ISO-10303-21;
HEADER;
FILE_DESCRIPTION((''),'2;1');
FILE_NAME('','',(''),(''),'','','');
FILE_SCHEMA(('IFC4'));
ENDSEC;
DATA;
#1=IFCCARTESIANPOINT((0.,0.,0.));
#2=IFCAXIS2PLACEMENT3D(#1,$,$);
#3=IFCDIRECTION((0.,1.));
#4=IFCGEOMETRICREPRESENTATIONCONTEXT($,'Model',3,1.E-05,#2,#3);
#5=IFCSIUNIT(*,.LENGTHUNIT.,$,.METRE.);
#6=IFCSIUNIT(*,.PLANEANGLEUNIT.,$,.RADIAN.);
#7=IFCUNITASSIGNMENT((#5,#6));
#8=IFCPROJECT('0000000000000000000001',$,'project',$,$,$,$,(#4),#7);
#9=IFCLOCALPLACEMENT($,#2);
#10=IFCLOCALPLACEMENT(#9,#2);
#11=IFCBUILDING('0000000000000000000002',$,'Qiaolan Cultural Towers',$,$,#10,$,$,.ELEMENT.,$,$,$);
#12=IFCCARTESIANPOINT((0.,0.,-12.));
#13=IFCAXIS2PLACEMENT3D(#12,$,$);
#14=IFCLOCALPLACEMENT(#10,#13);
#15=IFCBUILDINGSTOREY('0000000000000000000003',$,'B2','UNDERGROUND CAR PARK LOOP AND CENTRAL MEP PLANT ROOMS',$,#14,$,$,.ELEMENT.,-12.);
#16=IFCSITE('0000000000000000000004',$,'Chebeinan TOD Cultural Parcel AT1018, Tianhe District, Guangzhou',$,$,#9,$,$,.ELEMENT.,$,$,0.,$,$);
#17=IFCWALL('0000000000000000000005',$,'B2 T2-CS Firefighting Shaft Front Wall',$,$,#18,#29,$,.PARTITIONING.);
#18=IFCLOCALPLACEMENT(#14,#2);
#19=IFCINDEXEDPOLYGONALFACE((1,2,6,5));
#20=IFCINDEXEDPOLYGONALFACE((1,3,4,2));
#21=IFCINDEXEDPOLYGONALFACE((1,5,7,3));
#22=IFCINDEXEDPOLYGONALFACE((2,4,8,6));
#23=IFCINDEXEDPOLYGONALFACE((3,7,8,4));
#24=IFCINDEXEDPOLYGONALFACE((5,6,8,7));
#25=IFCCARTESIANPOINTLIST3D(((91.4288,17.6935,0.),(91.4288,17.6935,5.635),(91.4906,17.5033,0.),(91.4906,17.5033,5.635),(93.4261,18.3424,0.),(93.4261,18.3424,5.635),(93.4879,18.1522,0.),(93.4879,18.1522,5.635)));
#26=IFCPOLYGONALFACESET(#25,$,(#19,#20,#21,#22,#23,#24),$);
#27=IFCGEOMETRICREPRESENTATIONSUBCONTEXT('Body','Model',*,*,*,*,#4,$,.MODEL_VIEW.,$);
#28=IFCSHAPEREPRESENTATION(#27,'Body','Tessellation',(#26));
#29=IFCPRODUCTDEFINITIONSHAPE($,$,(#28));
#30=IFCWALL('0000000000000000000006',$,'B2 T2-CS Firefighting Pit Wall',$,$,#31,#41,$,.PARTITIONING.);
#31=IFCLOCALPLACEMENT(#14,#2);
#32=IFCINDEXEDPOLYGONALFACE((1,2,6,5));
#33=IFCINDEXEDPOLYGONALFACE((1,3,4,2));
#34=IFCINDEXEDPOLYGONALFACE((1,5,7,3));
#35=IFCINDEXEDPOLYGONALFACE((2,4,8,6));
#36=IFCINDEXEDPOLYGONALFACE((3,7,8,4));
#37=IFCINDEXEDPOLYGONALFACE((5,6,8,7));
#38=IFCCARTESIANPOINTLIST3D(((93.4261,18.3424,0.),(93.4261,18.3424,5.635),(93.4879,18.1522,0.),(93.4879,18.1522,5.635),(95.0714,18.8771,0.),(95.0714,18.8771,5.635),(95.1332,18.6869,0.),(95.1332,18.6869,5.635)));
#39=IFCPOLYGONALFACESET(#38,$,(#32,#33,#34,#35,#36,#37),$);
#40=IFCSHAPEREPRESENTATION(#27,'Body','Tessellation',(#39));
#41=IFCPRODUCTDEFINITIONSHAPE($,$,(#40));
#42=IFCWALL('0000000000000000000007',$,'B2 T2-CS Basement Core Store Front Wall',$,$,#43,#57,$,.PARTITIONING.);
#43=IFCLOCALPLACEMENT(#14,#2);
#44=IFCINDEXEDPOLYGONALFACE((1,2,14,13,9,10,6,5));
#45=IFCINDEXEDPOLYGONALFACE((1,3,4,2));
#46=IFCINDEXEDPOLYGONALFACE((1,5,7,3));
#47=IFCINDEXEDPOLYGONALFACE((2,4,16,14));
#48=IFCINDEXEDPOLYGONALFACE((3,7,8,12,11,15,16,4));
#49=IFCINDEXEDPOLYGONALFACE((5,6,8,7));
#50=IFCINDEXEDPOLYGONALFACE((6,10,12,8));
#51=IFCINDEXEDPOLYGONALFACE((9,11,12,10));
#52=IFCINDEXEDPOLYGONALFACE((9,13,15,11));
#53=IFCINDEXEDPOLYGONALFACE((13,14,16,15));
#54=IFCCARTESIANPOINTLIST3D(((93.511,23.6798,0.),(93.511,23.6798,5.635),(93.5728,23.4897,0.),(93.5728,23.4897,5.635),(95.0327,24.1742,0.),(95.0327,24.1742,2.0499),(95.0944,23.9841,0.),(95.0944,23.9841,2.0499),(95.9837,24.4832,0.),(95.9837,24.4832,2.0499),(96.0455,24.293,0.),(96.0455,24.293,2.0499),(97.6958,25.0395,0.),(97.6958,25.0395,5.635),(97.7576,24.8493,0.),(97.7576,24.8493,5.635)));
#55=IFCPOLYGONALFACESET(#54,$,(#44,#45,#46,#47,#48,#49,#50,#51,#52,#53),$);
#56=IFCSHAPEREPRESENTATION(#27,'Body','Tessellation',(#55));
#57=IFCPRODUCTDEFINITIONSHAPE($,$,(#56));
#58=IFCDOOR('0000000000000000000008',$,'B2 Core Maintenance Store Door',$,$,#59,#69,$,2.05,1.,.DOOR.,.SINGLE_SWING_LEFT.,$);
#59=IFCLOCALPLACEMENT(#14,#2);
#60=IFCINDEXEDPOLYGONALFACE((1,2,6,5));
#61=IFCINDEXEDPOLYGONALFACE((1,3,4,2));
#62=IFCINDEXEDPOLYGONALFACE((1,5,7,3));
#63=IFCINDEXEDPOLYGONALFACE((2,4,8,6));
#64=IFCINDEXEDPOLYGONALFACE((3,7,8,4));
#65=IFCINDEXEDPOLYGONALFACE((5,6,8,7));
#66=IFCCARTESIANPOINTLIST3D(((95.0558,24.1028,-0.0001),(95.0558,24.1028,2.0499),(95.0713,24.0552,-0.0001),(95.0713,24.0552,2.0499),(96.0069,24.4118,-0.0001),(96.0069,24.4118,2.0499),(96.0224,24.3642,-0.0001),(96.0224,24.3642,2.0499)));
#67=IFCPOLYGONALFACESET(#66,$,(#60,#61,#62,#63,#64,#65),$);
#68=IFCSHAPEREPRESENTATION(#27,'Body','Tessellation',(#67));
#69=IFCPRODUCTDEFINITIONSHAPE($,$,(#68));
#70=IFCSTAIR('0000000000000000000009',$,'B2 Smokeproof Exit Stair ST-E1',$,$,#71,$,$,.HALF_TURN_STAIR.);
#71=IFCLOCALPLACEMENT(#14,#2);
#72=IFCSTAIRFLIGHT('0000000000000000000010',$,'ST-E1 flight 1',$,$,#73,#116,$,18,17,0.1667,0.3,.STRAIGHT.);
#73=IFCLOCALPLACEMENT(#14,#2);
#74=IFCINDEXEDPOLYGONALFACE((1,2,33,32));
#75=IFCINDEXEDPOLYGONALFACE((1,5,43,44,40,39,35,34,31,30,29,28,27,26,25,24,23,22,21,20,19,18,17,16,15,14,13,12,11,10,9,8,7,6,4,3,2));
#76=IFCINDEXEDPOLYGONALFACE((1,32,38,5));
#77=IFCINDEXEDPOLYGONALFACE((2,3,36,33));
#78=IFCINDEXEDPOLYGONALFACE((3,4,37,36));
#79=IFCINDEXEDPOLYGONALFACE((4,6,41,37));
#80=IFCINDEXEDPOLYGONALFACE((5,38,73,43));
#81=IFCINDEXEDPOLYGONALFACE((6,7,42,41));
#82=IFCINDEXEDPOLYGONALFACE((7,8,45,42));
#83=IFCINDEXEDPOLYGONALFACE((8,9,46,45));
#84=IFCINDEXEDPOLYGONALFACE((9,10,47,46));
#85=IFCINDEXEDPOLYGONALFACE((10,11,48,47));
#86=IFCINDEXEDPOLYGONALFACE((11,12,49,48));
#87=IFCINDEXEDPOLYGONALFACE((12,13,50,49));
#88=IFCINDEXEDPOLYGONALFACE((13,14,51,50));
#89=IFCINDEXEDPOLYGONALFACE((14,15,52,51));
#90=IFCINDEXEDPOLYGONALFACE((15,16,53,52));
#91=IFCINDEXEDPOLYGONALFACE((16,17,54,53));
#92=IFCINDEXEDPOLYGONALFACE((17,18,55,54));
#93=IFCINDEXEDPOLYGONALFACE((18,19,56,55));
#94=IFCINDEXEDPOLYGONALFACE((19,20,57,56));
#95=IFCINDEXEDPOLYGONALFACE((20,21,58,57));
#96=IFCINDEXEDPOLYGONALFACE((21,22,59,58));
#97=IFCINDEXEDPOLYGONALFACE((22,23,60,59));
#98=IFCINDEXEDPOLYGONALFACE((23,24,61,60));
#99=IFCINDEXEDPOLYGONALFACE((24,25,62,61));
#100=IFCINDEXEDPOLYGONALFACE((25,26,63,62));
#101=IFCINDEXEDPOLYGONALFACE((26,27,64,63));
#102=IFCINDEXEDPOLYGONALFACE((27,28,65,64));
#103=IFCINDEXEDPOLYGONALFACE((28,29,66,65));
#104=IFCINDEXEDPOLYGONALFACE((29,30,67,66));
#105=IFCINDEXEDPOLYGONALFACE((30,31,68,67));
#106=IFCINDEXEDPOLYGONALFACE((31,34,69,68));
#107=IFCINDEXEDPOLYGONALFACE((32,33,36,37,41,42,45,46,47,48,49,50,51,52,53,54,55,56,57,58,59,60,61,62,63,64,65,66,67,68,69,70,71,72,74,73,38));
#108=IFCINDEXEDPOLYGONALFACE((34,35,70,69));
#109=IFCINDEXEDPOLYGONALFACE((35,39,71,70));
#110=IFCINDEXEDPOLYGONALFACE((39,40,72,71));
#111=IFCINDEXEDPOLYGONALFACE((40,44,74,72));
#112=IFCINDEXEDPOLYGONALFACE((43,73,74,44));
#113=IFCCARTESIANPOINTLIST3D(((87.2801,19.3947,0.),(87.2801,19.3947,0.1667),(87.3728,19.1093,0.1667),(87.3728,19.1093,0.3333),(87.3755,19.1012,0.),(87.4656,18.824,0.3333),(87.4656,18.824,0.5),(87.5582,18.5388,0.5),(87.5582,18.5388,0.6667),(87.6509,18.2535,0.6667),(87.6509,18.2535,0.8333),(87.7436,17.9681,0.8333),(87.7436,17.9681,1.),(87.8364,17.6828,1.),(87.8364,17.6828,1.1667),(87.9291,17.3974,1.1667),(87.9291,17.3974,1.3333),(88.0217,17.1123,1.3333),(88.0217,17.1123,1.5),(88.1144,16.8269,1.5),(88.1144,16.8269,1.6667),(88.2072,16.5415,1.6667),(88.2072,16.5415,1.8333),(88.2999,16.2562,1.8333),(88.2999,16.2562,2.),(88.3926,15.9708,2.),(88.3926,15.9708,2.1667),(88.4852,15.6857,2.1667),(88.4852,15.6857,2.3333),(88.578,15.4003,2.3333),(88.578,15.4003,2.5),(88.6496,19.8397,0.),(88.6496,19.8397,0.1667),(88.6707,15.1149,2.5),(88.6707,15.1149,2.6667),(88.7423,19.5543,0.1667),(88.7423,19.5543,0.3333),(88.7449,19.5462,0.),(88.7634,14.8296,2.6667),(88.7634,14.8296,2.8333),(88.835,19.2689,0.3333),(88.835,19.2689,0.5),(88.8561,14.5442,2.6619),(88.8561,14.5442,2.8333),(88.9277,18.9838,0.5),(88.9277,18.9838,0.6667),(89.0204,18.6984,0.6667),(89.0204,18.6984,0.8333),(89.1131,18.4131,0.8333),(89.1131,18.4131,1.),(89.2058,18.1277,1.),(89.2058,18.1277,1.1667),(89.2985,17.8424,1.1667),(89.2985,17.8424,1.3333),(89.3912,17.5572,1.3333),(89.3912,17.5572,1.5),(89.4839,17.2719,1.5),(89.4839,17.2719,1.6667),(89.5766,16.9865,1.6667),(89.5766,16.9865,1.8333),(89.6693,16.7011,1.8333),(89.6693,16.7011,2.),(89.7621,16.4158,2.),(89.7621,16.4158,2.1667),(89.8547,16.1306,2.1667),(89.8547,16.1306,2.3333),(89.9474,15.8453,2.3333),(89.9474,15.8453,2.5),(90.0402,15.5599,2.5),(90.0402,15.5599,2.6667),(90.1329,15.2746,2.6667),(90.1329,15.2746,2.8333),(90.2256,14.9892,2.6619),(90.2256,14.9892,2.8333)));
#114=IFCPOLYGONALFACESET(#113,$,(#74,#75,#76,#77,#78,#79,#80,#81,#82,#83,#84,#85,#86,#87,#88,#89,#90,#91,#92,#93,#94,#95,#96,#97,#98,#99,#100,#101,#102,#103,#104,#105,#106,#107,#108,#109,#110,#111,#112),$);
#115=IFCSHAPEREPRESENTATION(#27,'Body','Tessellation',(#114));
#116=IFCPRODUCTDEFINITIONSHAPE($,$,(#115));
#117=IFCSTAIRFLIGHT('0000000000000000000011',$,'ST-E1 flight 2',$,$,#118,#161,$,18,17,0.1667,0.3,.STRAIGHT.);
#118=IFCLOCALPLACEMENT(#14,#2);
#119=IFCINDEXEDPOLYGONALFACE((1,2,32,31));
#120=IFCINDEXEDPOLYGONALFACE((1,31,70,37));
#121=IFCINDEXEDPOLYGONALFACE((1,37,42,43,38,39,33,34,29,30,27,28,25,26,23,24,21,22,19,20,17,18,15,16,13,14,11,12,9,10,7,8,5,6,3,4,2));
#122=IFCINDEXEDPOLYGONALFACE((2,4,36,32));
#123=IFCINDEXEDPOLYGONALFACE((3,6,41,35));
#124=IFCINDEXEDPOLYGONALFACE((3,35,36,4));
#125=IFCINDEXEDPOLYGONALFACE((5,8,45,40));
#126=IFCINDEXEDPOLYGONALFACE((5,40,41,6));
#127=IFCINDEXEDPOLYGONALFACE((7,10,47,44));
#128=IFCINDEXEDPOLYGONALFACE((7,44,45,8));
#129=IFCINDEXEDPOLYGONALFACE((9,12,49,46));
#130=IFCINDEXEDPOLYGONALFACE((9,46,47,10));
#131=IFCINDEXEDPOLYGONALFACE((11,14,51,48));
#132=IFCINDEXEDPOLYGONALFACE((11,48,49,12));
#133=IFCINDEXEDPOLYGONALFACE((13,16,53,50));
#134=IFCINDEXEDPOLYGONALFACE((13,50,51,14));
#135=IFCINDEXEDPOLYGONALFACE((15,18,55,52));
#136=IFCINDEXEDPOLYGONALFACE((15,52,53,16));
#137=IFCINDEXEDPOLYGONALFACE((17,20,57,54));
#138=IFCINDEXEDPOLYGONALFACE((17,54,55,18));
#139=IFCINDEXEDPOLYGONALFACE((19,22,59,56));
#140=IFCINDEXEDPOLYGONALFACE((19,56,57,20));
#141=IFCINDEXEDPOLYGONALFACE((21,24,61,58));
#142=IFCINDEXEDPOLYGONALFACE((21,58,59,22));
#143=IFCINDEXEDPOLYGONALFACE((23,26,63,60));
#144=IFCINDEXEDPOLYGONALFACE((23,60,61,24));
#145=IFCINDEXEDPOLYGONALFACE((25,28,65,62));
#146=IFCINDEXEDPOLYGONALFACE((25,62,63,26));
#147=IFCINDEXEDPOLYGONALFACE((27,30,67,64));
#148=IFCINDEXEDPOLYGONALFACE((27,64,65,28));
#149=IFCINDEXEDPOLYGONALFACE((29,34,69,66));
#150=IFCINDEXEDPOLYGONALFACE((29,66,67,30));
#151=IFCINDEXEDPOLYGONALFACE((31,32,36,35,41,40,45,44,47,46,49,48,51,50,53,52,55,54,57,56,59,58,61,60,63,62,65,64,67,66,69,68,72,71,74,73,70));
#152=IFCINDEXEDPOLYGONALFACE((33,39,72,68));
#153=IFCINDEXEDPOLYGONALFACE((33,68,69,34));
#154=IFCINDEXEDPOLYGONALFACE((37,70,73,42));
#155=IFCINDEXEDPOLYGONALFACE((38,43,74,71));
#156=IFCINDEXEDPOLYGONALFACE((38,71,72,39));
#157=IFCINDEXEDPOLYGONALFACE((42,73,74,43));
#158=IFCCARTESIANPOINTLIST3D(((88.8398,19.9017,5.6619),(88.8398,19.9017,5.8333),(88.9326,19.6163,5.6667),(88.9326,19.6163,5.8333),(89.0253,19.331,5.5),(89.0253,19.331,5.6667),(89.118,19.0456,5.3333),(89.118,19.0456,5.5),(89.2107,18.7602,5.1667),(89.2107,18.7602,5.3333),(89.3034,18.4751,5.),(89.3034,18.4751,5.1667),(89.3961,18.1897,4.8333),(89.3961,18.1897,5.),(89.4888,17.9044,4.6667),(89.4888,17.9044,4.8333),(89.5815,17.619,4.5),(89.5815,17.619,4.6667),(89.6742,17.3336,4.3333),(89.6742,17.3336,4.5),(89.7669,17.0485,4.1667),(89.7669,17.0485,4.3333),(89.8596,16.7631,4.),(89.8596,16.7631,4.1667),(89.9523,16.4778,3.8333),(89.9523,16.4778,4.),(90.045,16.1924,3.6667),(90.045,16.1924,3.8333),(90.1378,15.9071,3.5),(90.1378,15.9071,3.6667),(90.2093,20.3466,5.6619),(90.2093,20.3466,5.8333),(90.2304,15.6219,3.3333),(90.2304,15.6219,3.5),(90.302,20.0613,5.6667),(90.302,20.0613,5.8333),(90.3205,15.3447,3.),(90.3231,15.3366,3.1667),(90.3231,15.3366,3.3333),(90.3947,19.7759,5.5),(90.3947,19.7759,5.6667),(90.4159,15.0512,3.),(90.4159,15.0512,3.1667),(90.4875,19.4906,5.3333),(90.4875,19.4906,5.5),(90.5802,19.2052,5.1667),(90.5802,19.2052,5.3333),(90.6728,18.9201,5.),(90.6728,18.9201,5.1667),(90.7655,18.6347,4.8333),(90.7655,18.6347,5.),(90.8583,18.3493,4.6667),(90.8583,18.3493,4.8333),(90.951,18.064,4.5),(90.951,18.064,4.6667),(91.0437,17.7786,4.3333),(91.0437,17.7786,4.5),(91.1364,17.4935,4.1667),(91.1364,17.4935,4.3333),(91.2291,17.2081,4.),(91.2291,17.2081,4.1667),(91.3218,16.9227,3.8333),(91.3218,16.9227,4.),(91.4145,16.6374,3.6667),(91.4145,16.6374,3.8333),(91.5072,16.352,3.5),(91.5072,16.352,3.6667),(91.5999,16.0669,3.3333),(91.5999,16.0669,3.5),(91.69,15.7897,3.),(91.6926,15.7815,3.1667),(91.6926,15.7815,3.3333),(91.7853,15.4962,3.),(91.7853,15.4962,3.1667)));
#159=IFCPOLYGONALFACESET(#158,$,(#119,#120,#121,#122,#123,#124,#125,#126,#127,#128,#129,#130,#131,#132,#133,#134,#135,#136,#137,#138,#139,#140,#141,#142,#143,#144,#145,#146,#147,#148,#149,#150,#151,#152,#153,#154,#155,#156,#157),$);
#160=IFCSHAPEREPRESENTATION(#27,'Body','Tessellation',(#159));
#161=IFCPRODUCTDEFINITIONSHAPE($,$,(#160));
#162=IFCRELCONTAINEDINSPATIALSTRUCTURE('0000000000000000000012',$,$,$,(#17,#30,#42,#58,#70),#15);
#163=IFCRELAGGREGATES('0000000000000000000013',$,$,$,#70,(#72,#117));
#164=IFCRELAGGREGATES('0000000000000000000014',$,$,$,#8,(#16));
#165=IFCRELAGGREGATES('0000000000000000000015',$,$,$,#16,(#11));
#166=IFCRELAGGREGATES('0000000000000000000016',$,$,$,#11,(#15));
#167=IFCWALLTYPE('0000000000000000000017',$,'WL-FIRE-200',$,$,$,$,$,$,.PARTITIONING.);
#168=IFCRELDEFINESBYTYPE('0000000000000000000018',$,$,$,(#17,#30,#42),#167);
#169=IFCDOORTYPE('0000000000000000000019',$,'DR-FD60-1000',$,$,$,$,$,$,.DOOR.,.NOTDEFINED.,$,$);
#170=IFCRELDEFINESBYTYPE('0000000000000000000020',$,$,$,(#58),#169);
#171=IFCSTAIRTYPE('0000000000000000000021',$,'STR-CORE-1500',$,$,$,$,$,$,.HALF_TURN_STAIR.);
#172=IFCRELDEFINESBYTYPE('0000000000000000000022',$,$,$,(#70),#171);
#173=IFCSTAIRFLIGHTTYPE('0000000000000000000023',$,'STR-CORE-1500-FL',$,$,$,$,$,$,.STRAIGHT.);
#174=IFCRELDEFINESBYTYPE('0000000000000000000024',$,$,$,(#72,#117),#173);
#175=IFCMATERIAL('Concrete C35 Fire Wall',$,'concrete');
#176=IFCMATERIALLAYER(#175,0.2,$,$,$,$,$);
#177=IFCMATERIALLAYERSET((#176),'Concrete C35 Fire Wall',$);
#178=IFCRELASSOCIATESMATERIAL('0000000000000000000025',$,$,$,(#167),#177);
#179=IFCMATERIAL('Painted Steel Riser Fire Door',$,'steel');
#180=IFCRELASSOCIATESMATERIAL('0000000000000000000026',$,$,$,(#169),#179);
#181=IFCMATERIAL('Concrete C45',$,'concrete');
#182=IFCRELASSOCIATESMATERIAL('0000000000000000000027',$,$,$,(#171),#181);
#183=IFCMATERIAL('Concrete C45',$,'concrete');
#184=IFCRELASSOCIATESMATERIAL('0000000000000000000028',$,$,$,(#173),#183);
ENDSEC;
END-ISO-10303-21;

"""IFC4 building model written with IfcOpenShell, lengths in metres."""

from ifc_helpers import new_model, si_unit, direction, frame, frame_2d, origin, place, context, subcontext, project, spatial, polyline, rectangle, outline, extrude, material, layer, layer_set, type_object, element, fill, aggregate, save


model = new_model("IFC4")

# Units and contexts
model_context = context("Model", 3, precision=1e-05, world=origin(), true_north=direction((0.0, 1.0)))
body_context = subcontext(model_context, "Body", "Model", "MODEL_VIEW")
ifc_project = project(units=[si_unit("LENGTHUNIT", "METRE"), si_unit("PLANEANGLEUNIT", "RADIAN")], contexts=[model_context])

# Site, building, storey
site_placement = place(None, origin())
site = spatial("IfcSite", under=ifc_project, at=site_placement, Name="Chebeinan TOD Cultural Parcel AT1018, Tianhe District, Guangzhou", CompositionType="ELEMENT", RefElevation=0.0)
building_placement = place(site_placement, origin())
building = spatial("IfcBuilding", under=site, at=building_placement, Name="Qiaolan Cultural Towers", CompositionType="ELEMENT")
storey_placement = place(building_placement, frame((0.0, 0.0, -12.0)))
storey = spatial("IfcBuildingStorey", under=building, at=storey_placement, Name="B2", Description="UNDERGROUND CAR PARK LOOP AND CENTRAL MEP PLANT ROOMS", CompositionType="ELEMENT", Elevation=-12.0)

# Shared definitions
ifc_material_1 = material(Name="Concrete C35 Fire Wall", Category="concrete")
ifc_layer_1 = layer(ifc_material_1, 0.2)
ifc_layer_set_1 = layer_set([ifc_layer_1], Name="Concrete C35 Fire Wall")
wall_type_1 = type_object("IfcWallType", Name="WL-FIRE-200", PredefinedType="PARTITIONING", material=ifc_layer_set_1)

# Walls
wall_1_placement = place(storey_placement, frame((91.4597, 17.5984, 0.0), z_axis=(0.0, 0.0, 1.0), x_axis=(0.951062, 0.308999, 0.0)))
element("IfcWall", 1, at=wall_1_placement, inside=storey, type_object=wall_type_1, Name="B2 T2-CS Firefighting Shaft Front Wall", PredefinedType="PARTITIONING", context=body_context, shape_type="SweptSolid", body=[
    extrude(rectangle(XDim=2.1001, YDim=0.2, at=frame_2d((1.05, 0.0))), origin(), (0.0, 0.0, 1.0), 5.635),
])
wall_2_placement = place(storey_placement, frame((93.457, 18.2473, 0.0), z_axis=(0.0, 0.0, 1.0), x_axis=(0.951041, 0.309064, 0.0)))
element("IfcWall", 2, at=wall_2_placement, inside=storey, type_object=wall_type_1, Name="B2 T2-CS Firefighting Pit Wall", PredefinedType="PARTITIONING", context=body_context, shape_type="SweptSolid", body=[
    extrude(rectangle(XDim=1.73, YDim=0.2, at=frame_2d((0.865, 0.0))), origin(), (0.0, 0.0, 1.0), 5.635),
])

# Wall, opening, door
wall_3_placement = place(storey_placement, frame((93.5417, 23.5847, 0.0), z_axis=(0.0, 0.0, 1.0), x_axis=(0.951064, 0.308994, 0.0)))
wall_3 = element("IfcWall", 3, at=wall_3_placement, inside=storey, type_object=wall_type_1, Name="B2 T2-CS Basement Core Store Front Wall", PredefinedType="PARTITIONING", context=body_context, shape_type="SweptSolid", body=[
    extrude(rectangle(XDim=4.4001, YDim=0.2, at=frame_2d((2.2002, 0.0))), origin(), (0.0, 0.0, 1.0), 5.635),
])
opening_1_placement = place(wall_3_placement, frame((1.6001, 0.0, 0.0)))
opening_1 = element("IfcOpeningElement", 4, at=opening_1_placement, cuts=wall_3, PredefinedType="OPENING", context=body_context, shape_type="SweptSolid", body=[
    extrude(rectangle(XDim=1.0, YDim=2.05, at=frame_2d((0.5, 1.0249))), frame((0.0, 0.1099, 0.0), z_axis=(0.0, -1.0, 0.0), x_axis=(1.0, 0.0, 0.0)), (0.0, 0.0, 1.0), 0.22),
])
ifc_material_2 = material(Name="Painted Steel Riser Fire Door", Category="steel")
door_type_1 = type_object("IfcDoorType", Name="DR-FD60-1000", OperationType="NOTDEFINED", PredefinedType="DOOR", material=ifc_material_2)
door_1_placement = place(opening_1_placement, origin())
door_1 = element("IfcDoor", 5, at=door_1_placement, inside=storey, type_object=door_type_1, Name="B2 Core Maintenance Store Door", OperationType="SINGLE_SWING_LEFT", OverallHeight=2.05, OverallWidth=1.0, PredefinedType="DOOR", context=body_context, shape_type="SweptSolid", body=[
    extrude(rectangle(XDim=1.0, YDim=2.05, at=frame_2d((0.5, 1.0249))), frame((0.0, 0.0249, 0.0), z_axis=(0.0, -1.0, 0.0), x_axis=(1.0, 0.0, 0.0)), (0.0, 0.0, 1.0), 0.05),
])
fill(opening_1, door_1)

# Stair, stair flights
ifc_material_3 = material(Name="Concrete C45", Category="concrete")
stair_type = type_object("IfcStairType", Name="STR-CORE-1500", PredefinedType="HALF_TURN_STAIR", material=ifc_material_3)
stair_placement = place(storey_placement, origin())
stair = element("IfcStair", 6, at=stair_placement, inside=storey, type_object=stair_type, Name="B2 Smokeproof Exit Stair ST-E1", PredefinedType="HALF_TURN_STAIR")
ifc_material_4 = material(Name="Concrete C45", Category="concrete")
stair_flight_type = type_object("IfcStairFlightType", Name="STR-CORE-1500-FL", PredefinedType="STRAIGHT", material=ifc_material_4)
stair_flight_1_placement = place(storey_placement, frame((87.9648, 19.6172, 0.0), z_axis=(0.0, 0.0, 1.0), x_axis=(0.309017, -0.951057, 0.0)))
stair_flight_1 = element("IfcStairFlight", 7, at=stair_flight_1_placement, type_object=stair_flight_type, Name="ST-E1 flight 1", NumberOfRisers=18, NumberOfTreads=17, PredefinedType="STRAIGHT", RiserHeight=0.1667, TreadLength=0.3, context=body_context, shape_type="SweptSolid", body=[
    extrude(outline(polyline([(0.0, 0.0), (0.0, 0.1667), (0.3, 0.1667), (0.3, 0.3333), (0.6001, 0.3333), (0.6001, 0.5), (0.8999, 0.5), (0.8999, 0.6667), (1.2, 0.6667), (1.2, 0.8333), (1.5, 0.8333), (1.5, 1.0), (1.8, 1.0), (1.8, 1.1667), (2.1001, 1.1667), (2.1001, 1.3333), (2.3999, 1.3333), (2.3999, 1.5), (2.7, 1.5), (2.7, 1.6667), (3.0, 1.6667), (3.0, 1.8333), (3.3, 1.8333), (3.3, 2.0), (3.6001, 2.0), (3.6001, 2.1667), (3.8999, 2.1667), (3.8999, 2.3333), (4.2, 2.3333), (4.2, 2.5), (4.5, 2.5), (4.5, 2.6667), (4.8, 2.6667), (4.8, 2.8333), (5.1001, 2.8333), (5.1001, 3.0), (5.1001, 2.6619), (0.3086, 0.0), (0.0, 0.0)])), frame((0.0, 0.72, 0.0), z_axis=(0.0, -1.0, 0.0), x_axis=(1.0, 0.0, 0.0)), (0.0, 0.0, 1.0), 1.4399),
])
stair_flight_2_placement = place(storey_placement, frame((91.1006, 15.2737, 3.0), z_axis=(0.0, 0.0, 1.0), x_axis=(-0.309017, 0.951057, 0.0)))
stair_flight_2 = element("IfcStairFlight", 8, at=stair_flight_2_placement, type_object=stair_flight_type, Name="ST-E1 flight 2", NumberOfRisers=18, NumberOfTreads=17, PredefinedType="STRAIGHT", RiserHeight=0.1667, TreadLength=0.3, context=body_context, shape_type="SweptSolid", body=[
    extrude(outline(polyline([(0.0, 0.0), (0.0, 0.1667), (0.3, 0.1667), (0.3, 0.3333), (0.6001, 0.3333), (0.6001, 0.5), (0.8999, 0.5), (0.8999, 0.6667), (1.2, 0.6667), (1.2, 0.8333), (1.5, 0.8333), (1.5, 1.0), (1.8, 1.0), (1.8, 1.1667), (2.1001, 1.1667), (2.1001, 1.3333), (2.3999, 1.3333), (2.3999, 1.5), (2.7, 1.5), (2.7, 1.6667), (3.0, 1.6667), (3.0, 1.8333), (3.3, 1.8333), (3.3, 2.0), (3.6001, 2.0), (3.6001, 2.1667), (3.8999, 2.1667), (3.8999, 2.3333), (4.2, 2.3333), (4.2, 2.5), (4.5, 2.5), (4.5, 2.6667), (4.8, 2.6667), (4.8, 2.8333), (5.1001, 2.8333), (5.1001, 3.0), (5.1001, 2.6619), (0.3086, 0.0), (0.0, 0.0)])), frame((0.0, 0.72, 0.0), z_axis=(0.0, -1.0, 0.0), x_axis=(1.0, 0.0, 0.0)), (0.0, 0.0, 1.0), 1.4399),
])
aggregate(stair, [stair_flight_1, stair_flight_2])

save(model, "model.ifc")
